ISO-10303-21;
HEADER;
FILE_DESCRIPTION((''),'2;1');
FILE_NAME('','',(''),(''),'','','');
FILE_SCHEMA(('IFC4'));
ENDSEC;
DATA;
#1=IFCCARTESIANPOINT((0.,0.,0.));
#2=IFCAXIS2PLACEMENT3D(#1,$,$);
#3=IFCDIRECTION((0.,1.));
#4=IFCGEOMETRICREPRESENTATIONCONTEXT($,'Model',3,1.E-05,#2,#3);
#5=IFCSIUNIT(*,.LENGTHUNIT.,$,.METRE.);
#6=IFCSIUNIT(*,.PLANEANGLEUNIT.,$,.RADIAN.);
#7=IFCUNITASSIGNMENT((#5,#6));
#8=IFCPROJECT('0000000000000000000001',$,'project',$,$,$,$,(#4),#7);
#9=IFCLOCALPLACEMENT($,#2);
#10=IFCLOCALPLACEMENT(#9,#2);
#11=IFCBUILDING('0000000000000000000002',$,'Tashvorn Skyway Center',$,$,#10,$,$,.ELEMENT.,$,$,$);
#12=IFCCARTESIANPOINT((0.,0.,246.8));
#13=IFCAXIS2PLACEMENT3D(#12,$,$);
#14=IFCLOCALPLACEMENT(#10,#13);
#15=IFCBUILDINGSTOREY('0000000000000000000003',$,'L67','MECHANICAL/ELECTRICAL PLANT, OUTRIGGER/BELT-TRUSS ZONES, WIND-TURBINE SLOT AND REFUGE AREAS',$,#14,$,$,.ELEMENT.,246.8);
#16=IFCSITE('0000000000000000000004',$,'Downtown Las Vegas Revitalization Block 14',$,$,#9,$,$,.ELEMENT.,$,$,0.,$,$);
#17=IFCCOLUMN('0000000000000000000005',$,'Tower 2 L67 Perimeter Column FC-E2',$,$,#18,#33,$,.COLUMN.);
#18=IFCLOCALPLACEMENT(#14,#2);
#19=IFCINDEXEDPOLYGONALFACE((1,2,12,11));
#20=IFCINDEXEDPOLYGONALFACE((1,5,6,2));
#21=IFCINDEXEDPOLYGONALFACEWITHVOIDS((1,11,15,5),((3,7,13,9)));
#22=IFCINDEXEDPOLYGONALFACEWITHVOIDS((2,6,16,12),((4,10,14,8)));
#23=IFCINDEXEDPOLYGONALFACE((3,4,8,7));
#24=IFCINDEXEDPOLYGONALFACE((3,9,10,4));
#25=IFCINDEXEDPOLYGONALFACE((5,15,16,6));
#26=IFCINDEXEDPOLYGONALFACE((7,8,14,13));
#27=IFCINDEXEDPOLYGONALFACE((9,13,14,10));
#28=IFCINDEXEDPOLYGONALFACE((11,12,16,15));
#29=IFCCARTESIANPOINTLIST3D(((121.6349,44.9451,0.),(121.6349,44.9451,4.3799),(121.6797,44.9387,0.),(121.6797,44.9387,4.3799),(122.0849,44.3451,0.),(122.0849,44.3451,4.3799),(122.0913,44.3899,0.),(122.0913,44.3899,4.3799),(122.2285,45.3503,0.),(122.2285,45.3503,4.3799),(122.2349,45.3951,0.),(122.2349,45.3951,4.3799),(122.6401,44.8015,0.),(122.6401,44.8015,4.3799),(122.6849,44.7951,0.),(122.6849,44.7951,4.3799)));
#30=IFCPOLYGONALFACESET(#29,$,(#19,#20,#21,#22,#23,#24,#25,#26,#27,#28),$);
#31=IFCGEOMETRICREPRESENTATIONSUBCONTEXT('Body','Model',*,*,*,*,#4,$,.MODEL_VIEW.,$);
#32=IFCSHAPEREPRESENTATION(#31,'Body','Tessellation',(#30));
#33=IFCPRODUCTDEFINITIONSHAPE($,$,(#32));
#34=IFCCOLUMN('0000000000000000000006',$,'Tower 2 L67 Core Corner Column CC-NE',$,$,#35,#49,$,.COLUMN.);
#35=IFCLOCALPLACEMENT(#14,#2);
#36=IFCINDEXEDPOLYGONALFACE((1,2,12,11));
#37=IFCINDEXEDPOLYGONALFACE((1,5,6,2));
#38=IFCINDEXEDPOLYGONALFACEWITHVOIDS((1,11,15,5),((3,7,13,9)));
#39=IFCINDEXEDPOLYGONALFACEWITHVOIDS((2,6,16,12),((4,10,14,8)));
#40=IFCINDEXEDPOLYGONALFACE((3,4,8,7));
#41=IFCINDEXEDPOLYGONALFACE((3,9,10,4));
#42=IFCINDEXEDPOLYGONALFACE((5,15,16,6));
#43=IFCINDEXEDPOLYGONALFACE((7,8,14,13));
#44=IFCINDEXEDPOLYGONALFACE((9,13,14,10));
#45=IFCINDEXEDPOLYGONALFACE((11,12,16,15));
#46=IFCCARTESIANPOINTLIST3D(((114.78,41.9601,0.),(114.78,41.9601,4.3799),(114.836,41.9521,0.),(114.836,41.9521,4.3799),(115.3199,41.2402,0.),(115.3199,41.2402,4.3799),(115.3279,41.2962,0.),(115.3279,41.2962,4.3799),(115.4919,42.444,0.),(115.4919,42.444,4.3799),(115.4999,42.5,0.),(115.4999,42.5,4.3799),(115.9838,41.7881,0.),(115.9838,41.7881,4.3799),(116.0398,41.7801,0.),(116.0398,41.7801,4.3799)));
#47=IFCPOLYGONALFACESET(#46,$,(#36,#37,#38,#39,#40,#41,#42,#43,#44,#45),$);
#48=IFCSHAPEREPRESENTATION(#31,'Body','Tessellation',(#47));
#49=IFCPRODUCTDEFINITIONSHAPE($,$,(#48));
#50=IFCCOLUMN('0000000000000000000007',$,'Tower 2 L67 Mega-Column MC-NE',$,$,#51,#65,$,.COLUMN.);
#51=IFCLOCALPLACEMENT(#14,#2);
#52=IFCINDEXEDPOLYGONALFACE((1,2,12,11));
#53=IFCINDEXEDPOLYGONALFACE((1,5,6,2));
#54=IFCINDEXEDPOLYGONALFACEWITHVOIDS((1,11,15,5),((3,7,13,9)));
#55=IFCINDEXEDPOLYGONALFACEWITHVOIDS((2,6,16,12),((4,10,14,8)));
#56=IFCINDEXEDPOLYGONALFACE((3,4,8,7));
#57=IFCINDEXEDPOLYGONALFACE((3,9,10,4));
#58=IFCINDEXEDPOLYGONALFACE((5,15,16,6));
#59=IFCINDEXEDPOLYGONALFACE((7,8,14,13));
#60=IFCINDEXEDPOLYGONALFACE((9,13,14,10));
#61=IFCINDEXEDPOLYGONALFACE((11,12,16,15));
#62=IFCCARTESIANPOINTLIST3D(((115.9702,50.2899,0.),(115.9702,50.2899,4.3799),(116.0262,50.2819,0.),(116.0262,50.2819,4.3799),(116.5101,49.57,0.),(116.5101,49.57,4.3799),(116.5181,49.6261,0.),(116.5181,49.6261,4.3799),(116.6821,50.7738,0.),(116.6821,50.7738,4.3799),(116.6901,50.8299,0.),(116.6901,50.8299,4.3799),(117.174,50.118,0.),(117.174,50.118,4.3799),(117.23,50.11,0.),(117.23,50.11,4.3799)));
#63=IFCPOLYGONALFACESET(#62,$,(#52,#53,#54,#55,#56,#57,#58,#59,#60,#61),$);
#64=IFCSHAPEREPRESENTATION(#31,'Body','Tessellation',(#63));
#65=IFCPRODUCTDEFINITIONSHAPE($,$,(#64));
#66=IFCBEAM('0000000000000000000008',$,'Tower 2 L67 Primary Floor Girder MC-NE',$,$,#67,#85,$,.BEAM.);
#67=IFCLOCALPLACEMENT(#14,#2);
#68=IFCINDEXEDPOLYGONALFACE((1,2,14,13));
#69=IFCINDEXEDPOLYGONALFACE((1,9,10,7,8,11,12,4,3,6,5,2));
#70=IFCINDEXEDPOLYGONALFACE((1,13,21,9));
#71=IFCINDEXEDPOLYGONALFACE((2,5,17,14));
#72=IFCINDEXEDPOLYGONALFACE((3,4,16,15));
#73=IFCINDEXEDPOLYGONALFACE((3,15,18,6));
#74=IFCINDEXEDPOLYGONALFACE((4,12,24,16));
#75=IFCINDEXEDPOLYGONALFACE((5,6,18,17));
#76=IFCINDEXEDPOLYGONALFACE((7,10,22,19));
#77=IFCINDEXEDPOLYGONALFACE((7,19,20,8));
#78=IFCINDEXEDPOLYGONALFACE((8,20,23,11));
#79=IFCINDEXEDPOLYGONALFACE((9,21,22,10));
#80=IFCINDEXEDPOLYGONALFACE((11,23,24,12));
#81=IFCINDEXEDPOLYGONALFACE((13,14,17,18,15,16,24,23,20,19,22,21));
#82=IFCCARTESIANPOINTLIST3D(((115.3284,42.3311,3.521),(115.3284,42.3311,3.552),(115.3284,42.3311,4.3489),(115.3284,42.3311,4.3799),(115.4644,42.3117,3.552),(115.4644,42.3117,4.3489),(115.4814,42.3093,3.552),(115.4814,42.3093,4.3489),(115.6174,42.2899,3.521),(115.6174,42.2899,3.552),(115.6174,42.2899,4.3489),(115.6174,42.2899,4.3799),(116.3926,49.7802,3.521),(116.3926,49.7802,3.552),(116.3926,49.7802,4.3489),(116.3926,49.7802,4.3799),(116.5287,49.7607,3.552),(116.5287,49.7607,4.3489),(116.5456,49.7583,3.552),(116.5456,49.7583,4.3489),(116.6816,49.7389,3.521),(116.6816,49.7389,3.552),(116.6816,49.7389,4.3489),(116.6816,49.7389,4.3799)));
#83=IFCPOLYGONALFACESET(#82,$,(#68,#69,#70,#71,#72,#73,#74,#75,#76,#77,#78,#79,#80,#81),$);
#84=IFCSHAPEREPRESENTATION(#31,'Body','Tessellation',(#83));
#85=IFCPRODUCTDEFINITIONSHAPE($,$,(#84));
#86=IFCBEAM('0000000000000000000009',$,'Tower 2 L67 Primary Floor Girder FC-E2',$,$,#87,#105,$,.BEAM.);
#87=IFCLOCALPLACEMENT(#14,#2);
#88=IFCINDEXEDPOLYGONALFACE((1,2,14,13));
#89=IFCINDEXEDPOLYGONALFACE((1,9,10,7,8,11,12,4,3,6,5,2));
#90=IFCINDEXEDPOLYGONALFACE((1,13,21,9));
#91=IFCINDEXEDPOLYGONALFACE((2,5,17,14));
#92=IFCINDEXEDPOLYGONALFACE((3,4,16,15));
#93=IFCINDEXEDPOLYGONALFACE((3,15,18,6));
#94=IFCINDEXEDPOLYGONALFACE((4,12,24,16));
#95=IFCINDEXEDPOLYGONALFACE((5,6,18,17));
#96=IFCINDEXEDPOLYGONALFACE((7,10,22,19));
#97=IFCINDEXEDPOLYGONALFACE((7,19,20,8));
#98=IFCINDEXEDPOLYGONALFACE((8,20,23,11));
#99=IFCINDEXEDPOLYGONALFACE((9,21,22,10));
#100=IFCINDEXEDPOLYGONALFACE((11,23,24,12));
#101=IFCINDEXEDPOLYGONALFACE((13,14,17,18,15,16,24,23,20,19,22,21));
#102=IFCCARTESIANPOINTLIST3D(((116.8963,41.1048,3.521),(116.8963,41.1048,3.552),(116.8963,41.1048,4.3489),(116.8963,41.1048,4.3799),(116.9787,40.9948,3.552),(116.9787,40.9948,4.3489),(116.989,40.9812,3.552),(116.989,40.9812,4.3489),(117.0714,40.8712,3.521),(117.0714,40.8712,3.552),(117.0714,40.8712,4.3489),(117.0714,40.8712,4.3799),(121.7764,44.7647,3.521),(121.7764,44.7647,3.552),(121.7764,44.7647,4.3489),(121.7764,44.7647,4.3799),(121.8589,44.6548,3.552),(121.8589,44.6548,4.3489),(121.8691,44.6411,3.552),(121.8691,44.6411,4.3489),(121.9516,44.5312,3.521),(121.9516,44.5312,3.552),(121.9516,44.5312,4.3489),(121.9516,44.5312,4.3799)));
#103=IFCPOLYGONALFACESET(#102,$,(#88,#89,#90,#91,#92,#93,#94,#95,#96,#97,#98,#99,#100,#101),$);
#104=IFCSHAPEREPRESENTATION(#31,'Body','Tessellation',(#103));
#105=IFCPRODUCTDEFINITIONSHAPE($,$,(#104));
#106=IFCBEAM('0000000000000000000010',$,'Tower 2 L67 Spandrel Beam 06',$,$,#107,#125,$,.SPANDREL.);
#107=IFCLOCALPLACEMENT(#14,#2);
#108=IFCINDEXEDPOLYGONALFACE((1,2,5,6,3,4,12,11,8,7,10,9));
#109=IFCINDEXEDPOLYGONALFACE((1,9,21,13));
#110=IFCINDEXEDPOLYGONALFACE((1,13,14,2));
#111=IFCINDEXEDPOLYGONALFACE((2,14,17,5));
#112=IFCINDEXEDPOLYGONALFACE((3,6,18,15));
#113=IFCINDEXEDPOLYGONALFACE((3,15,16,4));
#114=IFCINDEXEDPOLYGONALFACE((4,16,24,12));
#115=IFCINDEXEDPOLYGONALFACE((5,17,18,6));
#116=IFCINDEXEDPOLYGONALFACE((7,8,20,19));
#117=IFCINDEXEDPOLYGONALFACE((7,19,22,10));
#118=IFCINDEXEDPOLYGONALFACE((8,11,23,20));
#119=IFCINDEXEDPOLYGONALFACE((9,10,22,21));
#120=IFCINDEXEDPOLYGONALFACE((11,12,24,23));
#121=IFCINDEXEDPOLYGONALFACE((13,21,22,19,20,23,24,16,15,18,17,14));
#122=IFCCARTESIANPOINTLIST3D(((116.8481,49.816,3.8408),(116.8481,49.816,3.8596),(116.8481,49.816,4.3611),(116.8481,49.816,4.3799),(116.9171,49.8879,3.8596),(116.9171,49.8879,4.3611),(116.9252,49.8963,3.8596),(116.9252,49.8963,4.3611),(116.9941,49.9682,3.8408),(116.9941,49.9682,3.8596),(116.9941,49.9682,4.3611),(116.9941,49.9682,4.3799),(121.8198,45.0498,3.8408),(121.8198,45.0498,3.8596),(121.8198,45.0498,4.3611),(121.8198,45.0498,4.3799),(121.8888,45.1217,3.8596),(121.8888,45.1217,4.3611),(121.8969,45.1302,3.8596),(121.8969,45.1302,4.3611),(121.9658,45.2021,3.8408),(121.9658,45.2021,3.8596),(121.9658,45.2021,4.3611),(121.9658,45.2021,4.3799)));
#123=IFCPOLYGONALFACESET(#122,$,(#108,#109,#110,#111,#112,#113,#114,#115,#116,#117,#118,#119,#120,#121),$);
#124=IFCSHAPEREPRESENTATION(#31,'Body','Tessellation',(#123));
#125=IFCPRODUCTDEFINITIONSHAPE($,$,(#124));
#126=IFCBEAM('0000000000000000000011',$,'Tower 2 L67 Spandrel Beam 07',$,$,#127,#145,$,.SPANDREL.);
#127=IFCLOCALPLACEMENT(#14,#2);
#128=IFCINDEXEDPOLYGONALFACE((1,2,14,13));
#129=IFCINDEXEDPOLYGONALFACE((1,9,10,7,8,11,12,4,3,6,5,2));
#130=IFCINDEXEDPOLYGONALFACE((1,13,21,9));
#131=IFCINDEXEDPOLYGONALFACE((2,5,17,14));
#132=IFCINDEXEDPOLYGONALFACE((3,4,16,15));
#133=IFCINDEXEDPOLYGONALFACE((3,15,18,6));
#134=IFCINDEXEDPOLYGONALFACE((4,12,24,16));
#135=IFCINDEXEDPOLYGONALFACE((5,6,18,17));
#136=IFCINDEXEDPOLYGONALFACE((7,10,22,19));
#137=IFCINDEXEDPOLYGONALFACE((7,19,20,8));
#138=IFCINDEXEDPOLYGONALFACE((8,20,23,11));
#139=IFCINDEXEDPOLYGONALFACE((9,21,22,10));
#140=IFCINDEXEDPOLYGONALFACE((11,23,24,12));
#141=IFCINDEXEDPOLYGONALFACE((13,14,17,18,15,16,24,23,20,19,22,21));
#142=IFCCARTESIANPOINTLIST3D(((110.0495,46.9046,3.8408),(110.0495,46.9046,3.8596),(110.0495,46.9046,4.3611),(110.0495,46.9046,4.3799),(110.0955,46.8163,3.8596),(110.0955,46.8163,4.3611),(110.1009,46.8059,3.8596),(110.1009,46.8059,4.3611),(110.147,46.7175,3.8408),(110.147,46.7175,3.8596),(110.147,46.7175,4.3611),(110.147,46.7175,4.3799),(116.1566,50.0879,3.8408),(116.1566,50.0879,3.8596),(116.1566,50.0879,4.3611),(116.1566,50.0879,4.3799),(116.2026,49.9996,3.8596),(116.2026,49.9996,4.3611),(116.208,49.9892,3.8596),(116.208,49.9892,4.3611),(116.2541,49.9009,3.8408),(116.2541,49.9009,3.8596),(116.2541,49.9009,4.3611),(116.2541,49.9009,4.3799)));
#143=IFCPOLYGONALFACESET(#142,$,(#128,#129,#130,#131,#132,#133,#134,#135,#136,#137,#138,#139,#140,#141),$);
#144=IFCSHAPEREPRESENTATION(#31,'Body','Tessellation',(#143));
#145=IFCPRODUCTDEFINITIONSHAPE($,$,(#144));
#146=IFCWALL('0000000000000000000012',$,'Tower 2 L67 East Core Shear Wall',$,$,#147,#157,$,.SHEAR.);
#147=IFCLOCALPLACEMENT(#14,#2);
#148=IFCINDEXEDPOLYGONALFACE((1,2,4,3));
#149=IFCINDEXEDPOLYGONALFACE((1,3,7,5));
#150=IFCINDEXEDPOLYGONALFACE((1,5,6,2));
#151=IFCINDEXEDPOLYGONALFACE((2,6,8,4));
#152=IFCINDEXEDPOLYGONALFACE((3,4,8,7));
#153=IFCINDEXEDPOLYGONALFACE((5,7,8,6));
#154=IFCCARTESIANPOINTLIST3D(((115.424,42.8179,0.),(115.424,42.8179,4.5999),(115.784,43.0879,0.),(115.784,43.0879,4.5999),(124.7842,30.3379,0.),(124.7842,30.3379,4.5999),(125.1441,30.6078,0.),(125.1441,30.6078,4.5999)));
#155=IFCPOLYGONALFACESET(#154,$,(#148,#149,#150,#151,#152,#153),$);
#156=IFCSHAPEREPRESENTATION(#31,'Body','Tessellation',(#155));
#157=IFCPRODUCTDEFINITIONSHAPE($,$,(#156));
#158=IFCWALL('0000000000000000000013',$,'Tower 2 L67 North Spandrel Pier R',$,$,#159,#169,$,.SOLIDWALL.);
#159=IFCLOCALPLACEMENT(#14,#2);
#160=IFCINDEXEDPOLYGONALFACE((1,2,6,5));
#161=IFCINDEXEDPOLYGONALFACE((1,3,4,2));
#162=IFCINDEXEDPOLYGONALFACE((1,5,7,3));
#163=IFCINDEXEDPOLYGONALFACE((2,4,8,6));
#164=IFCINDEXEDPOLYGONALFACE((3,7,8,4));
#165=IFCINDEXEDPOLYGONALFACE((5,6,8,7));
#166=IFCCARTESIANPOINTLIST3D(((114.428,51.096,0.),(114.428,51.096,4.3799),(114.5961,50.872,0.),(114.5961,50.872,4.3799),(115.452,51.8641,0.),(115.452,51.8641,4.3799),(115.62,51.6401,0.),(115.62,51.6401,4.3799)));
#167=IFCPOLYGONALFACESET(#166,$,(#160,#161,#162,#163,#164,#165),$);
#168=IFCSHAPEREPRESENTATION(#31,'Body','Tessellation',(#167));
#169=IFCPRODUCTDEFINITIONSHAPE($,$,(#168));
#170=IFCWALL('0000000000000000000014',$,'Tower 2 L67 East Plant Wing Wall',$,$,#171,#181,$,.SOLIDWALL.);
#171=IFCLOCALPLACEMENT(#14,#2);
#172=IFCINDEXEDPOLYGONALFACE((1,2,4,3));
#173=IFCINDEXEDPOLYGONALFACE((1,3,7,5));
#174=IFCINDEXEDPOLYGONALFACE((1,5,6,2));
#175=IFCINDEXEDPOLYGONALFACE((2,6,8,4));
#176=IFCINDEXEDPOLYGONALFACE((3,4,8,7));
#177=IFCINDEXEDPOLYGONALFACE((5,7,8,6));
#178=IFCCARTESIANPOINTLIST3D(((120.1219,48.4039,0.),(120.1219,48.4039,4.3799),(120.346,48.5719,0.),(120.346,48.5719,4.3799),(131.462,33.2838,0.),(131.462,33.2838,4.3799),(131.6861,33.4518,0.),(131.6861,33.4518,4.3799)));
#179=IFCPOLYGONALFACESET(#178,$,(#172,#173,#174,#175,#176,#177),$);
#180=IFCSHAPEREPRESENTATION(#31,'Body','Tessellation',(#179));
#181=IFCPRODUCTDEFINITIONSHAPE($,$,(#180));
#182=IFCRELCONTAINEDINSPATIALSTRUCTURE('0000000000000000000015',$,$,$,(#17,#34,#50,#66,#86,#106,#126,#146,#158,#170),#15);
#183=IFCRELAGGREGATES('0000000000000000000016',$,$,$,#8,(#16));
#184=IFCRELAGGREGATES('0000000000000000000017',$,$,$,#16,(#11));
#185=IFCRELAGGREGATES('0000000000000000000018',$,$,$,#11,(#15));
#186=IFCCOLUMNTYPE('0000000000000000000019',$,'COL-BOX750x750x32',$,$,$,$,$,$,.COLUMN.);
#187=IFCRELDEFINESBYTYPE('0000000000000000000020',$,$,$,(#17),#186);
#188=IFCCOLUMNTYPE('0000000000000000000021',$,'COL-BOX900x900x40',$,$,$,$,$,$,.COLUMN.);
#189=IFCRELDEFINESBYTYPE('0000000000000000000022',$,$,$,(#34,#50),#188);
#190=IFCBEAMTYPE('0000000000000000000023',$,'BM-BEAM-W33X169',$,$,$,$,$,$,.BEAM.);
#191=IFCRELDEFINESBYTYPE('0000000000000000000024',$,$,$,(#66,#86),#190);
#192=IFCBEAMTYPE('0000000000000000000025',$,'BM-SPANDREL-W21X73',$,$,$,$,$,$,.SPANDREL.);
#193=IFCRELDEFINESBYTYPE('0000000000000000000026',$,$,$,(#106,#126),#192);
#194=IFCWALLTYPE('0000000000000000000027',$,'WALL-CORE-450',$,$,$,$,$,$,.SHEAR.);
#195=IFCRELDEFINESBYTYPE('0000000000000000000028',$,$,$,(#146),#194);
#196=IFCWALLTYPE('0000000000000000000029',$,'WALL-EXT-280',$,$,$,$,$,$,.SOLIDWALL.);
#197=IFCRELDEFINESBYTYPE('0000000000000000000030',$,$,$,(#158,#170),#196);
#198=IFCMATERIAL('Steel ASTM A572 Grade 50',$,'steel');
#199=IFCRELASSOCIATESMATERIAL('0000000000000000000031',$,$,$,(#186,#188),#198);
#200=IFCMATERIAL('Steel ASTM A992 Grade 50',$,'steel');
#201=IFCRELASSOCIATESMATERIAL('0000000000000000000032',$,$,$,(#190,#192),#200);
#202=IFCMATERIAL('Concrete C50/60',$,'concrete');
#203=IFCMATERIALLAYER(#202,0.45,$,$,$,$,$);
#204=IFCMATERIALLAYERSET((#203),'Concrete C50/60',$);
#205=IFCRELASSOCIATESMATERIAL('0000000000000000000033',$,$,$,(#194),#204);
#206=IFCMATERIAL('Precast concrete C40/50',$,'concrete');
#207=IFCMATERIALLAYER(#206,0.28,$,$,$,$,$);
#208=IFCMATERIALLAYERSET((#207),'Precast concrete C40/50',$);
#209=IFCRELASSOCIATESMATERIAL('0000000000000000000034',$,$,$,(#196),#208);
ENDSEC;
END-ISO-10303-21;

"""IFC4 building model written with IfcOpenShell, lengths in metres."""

from ifc_helpers import new_model, si_unit, direction, frame, frame_2d, origin, origin_2d, place, context, subcontext, project, spatial, rectangle, hollow_rectangle, i_section, extrude, material, layer, layer_set, material_profile, profile_set, type_object, element, save


model = new_model("IFC4")

# Units and contexts
model_context = context("Model", 3, precision=1e-05, world=origin(), true_north=direction((0.0, 1.0)))
body_context = subcontext(model_context, "Body", "Model", "MODEL_VIEW")
ifc_project = project(units=[si_unit("LENGTHUNIT", "METRE"), si_unit("PLANEANGLEUNIT", "RADIAN")], contexts=[model_context])

# Site, building, storey
site_placement = place(None, origin())
site = spatial("IfcSite", under=ifc_project, at=site_placement, Name="Downtown Las Vegas Revitalization Block 14", CompositionType="ELEMENT", RefElevation=0.0)
building_placement = place(site_placement, origin())
building = spatial("IfcBuilding", under=site, at=building_placement, Name="Tashvorn Skyway Center", CompositionType="ELEMENT")
storey_placement = place(building_placement, frame((0.0, 0.0, 246.8)))
storey = spatial("IfcBuildingStorey", under=building, at=storey_placement, Name="L67", Description="MECHANICAL/ELECTRICAL PLANT, OUTRIGGER/BELT-TRUSS ZONES, WIND-TURBINE SLOT AND REFUGE AREAS", CompositionType="ELEMENT", Elevation=246.8)

# Columns
ifc_material_1 = material(Name="Steel ASTM A572 Grade 50", Category="steel")
ifc_material_profile_1 = material_profile(ifc_material_1, hollow_rectangle(XDim=0.75, YDim=0.75, WallThickness=0.032, at=origin_2d()), Name="BOX750x750x32")
ifc_profile_set_1 = profile_set([ifc_material_profile_1], Name="Steel ASTM A572 Grade 50")
column_type_1 = type_object("IfcColumnType", Name="COL-BOX750x750x32", PredefinedType="COLUMN", material=ifc_profile_set_1)
column_placement = place(storey_placement, frame((122.1599, 44.8701, 0.0), z_axis=(0.0, 0.0, 1.0), x_axis=(0.8, 0.6, 0.0)))
element("IfcColumn", 1, at=column_placement, inside=storey, type_object=column_type_1, Name="Tower 2 L67 Perimeter Column FC-E2", PredefinedType="COLUMN", context=body_context, shape_type="SweptSolid", body=[
    extrude(hollow_rectangle(XDim=0.75, YDim=0.75, WallThickness=0.032, at=origin_2d()), origin(), (0.0, 0.0, 1.0), 4.3799),
])
ifc_material_profile_2 = material_profile(ifc_material_1, hollow_rectangle(XDim=0.8999, YDim=0.8999, WallThickness=0.04, at=origin_2d()), Name="BOX900x900x40")
ifc_profile_set_2 = profile_set([ifc_material_profile_2], Name="Steel ASTM A572 Grade 50")
column_type_2 = type_object("IfcColumnType", Name="COL-BOX900x900x40", PredefinedType="COLUMN", material=ifc_profile_set_2)
for number, where, z_axis, x_axis, name in (
    (2, (115.4099, 41.8701, 0.0), (0.0, 0.0, 1.0), (0.8, 0.6, 0.0), "Tower 2 L67 Core Corner Column CC-NE"),
    (3, (116.6001, 50.2, 0.0), (0.0, 0.0, 1.0), (0.8, 0.6, 0.0), "Tower 2 L67 Mega-Column MC-NE"),
):
    element("IfcColumn", number, at=place(storey_placement, frame(where, z_axis=z_axis, x_axis=x_axis)), inside=storey, type_object=column_type_2, Name=name, PredefinedType="COLUMN", context=body_context, shape_type="SweptSolid", body=[
        extrude(hollow_rectangle(XDim=0.8999, YDim=0.8999, WallThickness=0.04, at=origin_2d()), origin(), (0.0, 0.0, 1.0), 4.3799),
    ])

# Beams
ifc_material_2 = material(Name="Steel ASTM A992 Grade 50", Category="steel")
ifc_material_profile_3 = material_profile(ifc_material_2, i_section(OverallWidth=0.292, OverallDepth=0.8589, WebThickness=0.0171, FlangeThickness=0.031, at=origin_2d()), Name="W33X169")
ifc_profile_set_3 = profile_set([ifc_material_profile_3], Name="Steel ASTM A992 Grade 50")
beam_type_1 = type_object("IfcBeamType", Name="BM-BEAM-W33X169", PredefinedType="BEAM", material=ifc_profile_set_3)
beam_1_placement = place(storey_placement, frame((116.5371, 49.7595, 3.9504), z_axis=(-0.14143, -0.989948, 0.0), x_axis=(0.989948, -0.14143, 0.0)))
element("IfcBeam", 4, at=beam_1_placement, inside=storey, type_object=beam_type_1, Name="Tower 2 L67 Primary Floor Girder MC-NE", PredefinedType="BEAM", context=body_context, shape_type="SweptSolid", body=[
    extrude(i_section(OverallWidth=0.292, OverallDepth=0.8589, WebThickness=0.0171, FlangeThickness=0.031, at=origin_2d()), origin(), (0.0, 0.0, 1.0), 7.5247),
])
beam_2_placement = place(storey_placement, frame((121.864, 44.6479, 3.9504), z_axis=(-0.800014, -0.599981, 0.0), x_axis=(0.599981, -0.800014, 0.0)))
element("IfcBeam", 5, at=beam_2_placement, inside=storey, type_object=beam_type_1, Name="Tower 2 L67 Primary Floor Girder FC-E2", PredefinedType="BEAM", context=body_context, shape_type="SweptSolid", body=[
    extrude(i_section(OverallWidth=0.292, OverallDepth=0.8589, WebThickness=0.0171, FlangeThickness=0.031, at=origin_2d()), origin(), (0.0, 0.0, 1.0), 6.1001),
])
ifc_material_profile_4 = material_profile(ifc_material_2, i_section(OverallWidth=0.2109, OverallDepth=0.5391, WebThickness=0.0117, FlangeThickness=0.0188, at=origin_2d()), Name="W21X73")
ifc_profile_set_4 = profile_set([ifc_material_profile_4], Name="Steel ASTM A992 Grade 50")
beam_type_2 = type_object("IfcBeamType", Name="BM-SPANDREL-W21X73", PredefinedType="SPANDREL", material=ifc_profile_set_4)
beam_3_placement = place(storey_placement, frame((121.8928, 45.126, 4.1104), z_axis=(-0.721873, 0.692025, 0.0), x_axis=(-0.692025, -0.721873, 0.0)))
element("IfcBeam", 6, at=beam_3_placement, inside=storey, type_object=beam_type_2, Name="Tower 2 L67 Spandrel Beam 06", PredefinedType="SPANDREL", context=body_context, shape_type="SweptSolid", body=[
    extrude(i_section(OverallWidth=0.2109, OverallDepth=0.5391, WebThickness=0.0117, FlangeThickness=0.0188, at=origin_2d()), origin(), (0.0, 0.0, 1.0), 6.8872),
])
beam_4_placement = place(storey_placement, frame((116.2053, 49.9944, 4.1104), z_axis=(-0.886764, -0.462223, 0.0), x_axis=(0.462223, -0.886764, 0.0)))
element("IfcBeam", 7, at=beam_4_placement, inside=storey, type_object=beam_type_2, Name="Tower 2 L67 Spandrel Beam 07", PredefinedType="SPANDREL", context=body_context, shape_type="SweptSolid", body=[
    extrude(i_section(OverallWidth=0.2109, OverallDepth=0.5391, WebThickness=0.0117, FlangeThickness=0.0188, at=origin_2d()), origin(), (0.0, 0.0, 1.0), 6.887),
])

# Walls
ifc_material_3 = material(Name="Concrete C50/60", Category="concrete")
ifc_layer_1 = layer(ifc_material_3, 0.45)
ifc_layer_set_1 = layer_set([ifc_layer_1], Name="Concrete C50/60")
wall_type_1 = type_object("IfcWallType", Name="WALL-CORE-450", PredefinedType="SHEAR", material=ifc_layer_set_1)
wall_1_placement = place(storey_placement, frame((115.604, 42.9529, 0.0), z_axis=(0.0, 0.0, 1.0), x_axis=(0.600005, -0.799996, 0.0)))
element("IfcWall", 8, at=wall_1_placement, inside=storey, type_object=wall_type_1, Name="Tower 2 L67 East Core Shear Wall", PredefinedType="SHEAR", context=body_context, shape_type="SweptSolid", body=[
    extrude(rectangle(XDim=15.6001, YDim=0.45, at=frame_2d((7.8, 0.0))), origin(), (0.0, 0.0, 1.0), 4.5999),
])
ifc_material_4 = material(Name="Precast concrete C40/50", Category="concrete")
ifc_layer_2 = layer(ifc_material_4, 0.28)
ifc_layer_set_2 = layer_set([ifc_layer_2], Name="Precast concrete C40/50")
wall_type_2 = type_object("IfcWallType", Name="WALL-EXT-280", PredefinedType="SOLIDWALL", material=ifc_layer_set_2)
wall_2_placement = place(storey_placement, frame((114.512, 50.9839, 0.0), z_axis=(0.0, 0.0, 1.0), x_axis=(0.799954, 0.600061, 0.0)))
element("IfcWall", 9, at=wall_2_placement, inside=storey, type_object=wall_type_2, Name="Tower 2 L67 North Spandrel Pier R", PredefinedType="SOLIDWALL", context=body_context, shape_type="SweptSolid", body=[
    extrude(rectangle(XDim=1.28, YDim=0.28, at=frame_2d((0.6401, 0.0))), origin(), (0.0, 0.0, 1.0), 4.3799),
])
wall_3_placement = place(storey_placement, frame((120.2339, 48.488, 0.0), z_axis=(0.0, 0.0, 1.0), x_axis=(0.6, -0.8, 0.0)))
element("IfcWall", 10, at=wall_3_placement, inside=storey, type_object=wall_type_2, Name="Tower 2 L67 East Plant Wing Wall", PredefinedType="SOLIDWALL", context=body_context, shape_type="SweptSolid", body=[
    extrude(rectangle(XDim=18.9001, YDim=0.28, at=frame_2d((9.4502, 0.0))), origin(), (0.0, 0.0, 1.0), 4.3799),
])

save(model, "model.ifc")
